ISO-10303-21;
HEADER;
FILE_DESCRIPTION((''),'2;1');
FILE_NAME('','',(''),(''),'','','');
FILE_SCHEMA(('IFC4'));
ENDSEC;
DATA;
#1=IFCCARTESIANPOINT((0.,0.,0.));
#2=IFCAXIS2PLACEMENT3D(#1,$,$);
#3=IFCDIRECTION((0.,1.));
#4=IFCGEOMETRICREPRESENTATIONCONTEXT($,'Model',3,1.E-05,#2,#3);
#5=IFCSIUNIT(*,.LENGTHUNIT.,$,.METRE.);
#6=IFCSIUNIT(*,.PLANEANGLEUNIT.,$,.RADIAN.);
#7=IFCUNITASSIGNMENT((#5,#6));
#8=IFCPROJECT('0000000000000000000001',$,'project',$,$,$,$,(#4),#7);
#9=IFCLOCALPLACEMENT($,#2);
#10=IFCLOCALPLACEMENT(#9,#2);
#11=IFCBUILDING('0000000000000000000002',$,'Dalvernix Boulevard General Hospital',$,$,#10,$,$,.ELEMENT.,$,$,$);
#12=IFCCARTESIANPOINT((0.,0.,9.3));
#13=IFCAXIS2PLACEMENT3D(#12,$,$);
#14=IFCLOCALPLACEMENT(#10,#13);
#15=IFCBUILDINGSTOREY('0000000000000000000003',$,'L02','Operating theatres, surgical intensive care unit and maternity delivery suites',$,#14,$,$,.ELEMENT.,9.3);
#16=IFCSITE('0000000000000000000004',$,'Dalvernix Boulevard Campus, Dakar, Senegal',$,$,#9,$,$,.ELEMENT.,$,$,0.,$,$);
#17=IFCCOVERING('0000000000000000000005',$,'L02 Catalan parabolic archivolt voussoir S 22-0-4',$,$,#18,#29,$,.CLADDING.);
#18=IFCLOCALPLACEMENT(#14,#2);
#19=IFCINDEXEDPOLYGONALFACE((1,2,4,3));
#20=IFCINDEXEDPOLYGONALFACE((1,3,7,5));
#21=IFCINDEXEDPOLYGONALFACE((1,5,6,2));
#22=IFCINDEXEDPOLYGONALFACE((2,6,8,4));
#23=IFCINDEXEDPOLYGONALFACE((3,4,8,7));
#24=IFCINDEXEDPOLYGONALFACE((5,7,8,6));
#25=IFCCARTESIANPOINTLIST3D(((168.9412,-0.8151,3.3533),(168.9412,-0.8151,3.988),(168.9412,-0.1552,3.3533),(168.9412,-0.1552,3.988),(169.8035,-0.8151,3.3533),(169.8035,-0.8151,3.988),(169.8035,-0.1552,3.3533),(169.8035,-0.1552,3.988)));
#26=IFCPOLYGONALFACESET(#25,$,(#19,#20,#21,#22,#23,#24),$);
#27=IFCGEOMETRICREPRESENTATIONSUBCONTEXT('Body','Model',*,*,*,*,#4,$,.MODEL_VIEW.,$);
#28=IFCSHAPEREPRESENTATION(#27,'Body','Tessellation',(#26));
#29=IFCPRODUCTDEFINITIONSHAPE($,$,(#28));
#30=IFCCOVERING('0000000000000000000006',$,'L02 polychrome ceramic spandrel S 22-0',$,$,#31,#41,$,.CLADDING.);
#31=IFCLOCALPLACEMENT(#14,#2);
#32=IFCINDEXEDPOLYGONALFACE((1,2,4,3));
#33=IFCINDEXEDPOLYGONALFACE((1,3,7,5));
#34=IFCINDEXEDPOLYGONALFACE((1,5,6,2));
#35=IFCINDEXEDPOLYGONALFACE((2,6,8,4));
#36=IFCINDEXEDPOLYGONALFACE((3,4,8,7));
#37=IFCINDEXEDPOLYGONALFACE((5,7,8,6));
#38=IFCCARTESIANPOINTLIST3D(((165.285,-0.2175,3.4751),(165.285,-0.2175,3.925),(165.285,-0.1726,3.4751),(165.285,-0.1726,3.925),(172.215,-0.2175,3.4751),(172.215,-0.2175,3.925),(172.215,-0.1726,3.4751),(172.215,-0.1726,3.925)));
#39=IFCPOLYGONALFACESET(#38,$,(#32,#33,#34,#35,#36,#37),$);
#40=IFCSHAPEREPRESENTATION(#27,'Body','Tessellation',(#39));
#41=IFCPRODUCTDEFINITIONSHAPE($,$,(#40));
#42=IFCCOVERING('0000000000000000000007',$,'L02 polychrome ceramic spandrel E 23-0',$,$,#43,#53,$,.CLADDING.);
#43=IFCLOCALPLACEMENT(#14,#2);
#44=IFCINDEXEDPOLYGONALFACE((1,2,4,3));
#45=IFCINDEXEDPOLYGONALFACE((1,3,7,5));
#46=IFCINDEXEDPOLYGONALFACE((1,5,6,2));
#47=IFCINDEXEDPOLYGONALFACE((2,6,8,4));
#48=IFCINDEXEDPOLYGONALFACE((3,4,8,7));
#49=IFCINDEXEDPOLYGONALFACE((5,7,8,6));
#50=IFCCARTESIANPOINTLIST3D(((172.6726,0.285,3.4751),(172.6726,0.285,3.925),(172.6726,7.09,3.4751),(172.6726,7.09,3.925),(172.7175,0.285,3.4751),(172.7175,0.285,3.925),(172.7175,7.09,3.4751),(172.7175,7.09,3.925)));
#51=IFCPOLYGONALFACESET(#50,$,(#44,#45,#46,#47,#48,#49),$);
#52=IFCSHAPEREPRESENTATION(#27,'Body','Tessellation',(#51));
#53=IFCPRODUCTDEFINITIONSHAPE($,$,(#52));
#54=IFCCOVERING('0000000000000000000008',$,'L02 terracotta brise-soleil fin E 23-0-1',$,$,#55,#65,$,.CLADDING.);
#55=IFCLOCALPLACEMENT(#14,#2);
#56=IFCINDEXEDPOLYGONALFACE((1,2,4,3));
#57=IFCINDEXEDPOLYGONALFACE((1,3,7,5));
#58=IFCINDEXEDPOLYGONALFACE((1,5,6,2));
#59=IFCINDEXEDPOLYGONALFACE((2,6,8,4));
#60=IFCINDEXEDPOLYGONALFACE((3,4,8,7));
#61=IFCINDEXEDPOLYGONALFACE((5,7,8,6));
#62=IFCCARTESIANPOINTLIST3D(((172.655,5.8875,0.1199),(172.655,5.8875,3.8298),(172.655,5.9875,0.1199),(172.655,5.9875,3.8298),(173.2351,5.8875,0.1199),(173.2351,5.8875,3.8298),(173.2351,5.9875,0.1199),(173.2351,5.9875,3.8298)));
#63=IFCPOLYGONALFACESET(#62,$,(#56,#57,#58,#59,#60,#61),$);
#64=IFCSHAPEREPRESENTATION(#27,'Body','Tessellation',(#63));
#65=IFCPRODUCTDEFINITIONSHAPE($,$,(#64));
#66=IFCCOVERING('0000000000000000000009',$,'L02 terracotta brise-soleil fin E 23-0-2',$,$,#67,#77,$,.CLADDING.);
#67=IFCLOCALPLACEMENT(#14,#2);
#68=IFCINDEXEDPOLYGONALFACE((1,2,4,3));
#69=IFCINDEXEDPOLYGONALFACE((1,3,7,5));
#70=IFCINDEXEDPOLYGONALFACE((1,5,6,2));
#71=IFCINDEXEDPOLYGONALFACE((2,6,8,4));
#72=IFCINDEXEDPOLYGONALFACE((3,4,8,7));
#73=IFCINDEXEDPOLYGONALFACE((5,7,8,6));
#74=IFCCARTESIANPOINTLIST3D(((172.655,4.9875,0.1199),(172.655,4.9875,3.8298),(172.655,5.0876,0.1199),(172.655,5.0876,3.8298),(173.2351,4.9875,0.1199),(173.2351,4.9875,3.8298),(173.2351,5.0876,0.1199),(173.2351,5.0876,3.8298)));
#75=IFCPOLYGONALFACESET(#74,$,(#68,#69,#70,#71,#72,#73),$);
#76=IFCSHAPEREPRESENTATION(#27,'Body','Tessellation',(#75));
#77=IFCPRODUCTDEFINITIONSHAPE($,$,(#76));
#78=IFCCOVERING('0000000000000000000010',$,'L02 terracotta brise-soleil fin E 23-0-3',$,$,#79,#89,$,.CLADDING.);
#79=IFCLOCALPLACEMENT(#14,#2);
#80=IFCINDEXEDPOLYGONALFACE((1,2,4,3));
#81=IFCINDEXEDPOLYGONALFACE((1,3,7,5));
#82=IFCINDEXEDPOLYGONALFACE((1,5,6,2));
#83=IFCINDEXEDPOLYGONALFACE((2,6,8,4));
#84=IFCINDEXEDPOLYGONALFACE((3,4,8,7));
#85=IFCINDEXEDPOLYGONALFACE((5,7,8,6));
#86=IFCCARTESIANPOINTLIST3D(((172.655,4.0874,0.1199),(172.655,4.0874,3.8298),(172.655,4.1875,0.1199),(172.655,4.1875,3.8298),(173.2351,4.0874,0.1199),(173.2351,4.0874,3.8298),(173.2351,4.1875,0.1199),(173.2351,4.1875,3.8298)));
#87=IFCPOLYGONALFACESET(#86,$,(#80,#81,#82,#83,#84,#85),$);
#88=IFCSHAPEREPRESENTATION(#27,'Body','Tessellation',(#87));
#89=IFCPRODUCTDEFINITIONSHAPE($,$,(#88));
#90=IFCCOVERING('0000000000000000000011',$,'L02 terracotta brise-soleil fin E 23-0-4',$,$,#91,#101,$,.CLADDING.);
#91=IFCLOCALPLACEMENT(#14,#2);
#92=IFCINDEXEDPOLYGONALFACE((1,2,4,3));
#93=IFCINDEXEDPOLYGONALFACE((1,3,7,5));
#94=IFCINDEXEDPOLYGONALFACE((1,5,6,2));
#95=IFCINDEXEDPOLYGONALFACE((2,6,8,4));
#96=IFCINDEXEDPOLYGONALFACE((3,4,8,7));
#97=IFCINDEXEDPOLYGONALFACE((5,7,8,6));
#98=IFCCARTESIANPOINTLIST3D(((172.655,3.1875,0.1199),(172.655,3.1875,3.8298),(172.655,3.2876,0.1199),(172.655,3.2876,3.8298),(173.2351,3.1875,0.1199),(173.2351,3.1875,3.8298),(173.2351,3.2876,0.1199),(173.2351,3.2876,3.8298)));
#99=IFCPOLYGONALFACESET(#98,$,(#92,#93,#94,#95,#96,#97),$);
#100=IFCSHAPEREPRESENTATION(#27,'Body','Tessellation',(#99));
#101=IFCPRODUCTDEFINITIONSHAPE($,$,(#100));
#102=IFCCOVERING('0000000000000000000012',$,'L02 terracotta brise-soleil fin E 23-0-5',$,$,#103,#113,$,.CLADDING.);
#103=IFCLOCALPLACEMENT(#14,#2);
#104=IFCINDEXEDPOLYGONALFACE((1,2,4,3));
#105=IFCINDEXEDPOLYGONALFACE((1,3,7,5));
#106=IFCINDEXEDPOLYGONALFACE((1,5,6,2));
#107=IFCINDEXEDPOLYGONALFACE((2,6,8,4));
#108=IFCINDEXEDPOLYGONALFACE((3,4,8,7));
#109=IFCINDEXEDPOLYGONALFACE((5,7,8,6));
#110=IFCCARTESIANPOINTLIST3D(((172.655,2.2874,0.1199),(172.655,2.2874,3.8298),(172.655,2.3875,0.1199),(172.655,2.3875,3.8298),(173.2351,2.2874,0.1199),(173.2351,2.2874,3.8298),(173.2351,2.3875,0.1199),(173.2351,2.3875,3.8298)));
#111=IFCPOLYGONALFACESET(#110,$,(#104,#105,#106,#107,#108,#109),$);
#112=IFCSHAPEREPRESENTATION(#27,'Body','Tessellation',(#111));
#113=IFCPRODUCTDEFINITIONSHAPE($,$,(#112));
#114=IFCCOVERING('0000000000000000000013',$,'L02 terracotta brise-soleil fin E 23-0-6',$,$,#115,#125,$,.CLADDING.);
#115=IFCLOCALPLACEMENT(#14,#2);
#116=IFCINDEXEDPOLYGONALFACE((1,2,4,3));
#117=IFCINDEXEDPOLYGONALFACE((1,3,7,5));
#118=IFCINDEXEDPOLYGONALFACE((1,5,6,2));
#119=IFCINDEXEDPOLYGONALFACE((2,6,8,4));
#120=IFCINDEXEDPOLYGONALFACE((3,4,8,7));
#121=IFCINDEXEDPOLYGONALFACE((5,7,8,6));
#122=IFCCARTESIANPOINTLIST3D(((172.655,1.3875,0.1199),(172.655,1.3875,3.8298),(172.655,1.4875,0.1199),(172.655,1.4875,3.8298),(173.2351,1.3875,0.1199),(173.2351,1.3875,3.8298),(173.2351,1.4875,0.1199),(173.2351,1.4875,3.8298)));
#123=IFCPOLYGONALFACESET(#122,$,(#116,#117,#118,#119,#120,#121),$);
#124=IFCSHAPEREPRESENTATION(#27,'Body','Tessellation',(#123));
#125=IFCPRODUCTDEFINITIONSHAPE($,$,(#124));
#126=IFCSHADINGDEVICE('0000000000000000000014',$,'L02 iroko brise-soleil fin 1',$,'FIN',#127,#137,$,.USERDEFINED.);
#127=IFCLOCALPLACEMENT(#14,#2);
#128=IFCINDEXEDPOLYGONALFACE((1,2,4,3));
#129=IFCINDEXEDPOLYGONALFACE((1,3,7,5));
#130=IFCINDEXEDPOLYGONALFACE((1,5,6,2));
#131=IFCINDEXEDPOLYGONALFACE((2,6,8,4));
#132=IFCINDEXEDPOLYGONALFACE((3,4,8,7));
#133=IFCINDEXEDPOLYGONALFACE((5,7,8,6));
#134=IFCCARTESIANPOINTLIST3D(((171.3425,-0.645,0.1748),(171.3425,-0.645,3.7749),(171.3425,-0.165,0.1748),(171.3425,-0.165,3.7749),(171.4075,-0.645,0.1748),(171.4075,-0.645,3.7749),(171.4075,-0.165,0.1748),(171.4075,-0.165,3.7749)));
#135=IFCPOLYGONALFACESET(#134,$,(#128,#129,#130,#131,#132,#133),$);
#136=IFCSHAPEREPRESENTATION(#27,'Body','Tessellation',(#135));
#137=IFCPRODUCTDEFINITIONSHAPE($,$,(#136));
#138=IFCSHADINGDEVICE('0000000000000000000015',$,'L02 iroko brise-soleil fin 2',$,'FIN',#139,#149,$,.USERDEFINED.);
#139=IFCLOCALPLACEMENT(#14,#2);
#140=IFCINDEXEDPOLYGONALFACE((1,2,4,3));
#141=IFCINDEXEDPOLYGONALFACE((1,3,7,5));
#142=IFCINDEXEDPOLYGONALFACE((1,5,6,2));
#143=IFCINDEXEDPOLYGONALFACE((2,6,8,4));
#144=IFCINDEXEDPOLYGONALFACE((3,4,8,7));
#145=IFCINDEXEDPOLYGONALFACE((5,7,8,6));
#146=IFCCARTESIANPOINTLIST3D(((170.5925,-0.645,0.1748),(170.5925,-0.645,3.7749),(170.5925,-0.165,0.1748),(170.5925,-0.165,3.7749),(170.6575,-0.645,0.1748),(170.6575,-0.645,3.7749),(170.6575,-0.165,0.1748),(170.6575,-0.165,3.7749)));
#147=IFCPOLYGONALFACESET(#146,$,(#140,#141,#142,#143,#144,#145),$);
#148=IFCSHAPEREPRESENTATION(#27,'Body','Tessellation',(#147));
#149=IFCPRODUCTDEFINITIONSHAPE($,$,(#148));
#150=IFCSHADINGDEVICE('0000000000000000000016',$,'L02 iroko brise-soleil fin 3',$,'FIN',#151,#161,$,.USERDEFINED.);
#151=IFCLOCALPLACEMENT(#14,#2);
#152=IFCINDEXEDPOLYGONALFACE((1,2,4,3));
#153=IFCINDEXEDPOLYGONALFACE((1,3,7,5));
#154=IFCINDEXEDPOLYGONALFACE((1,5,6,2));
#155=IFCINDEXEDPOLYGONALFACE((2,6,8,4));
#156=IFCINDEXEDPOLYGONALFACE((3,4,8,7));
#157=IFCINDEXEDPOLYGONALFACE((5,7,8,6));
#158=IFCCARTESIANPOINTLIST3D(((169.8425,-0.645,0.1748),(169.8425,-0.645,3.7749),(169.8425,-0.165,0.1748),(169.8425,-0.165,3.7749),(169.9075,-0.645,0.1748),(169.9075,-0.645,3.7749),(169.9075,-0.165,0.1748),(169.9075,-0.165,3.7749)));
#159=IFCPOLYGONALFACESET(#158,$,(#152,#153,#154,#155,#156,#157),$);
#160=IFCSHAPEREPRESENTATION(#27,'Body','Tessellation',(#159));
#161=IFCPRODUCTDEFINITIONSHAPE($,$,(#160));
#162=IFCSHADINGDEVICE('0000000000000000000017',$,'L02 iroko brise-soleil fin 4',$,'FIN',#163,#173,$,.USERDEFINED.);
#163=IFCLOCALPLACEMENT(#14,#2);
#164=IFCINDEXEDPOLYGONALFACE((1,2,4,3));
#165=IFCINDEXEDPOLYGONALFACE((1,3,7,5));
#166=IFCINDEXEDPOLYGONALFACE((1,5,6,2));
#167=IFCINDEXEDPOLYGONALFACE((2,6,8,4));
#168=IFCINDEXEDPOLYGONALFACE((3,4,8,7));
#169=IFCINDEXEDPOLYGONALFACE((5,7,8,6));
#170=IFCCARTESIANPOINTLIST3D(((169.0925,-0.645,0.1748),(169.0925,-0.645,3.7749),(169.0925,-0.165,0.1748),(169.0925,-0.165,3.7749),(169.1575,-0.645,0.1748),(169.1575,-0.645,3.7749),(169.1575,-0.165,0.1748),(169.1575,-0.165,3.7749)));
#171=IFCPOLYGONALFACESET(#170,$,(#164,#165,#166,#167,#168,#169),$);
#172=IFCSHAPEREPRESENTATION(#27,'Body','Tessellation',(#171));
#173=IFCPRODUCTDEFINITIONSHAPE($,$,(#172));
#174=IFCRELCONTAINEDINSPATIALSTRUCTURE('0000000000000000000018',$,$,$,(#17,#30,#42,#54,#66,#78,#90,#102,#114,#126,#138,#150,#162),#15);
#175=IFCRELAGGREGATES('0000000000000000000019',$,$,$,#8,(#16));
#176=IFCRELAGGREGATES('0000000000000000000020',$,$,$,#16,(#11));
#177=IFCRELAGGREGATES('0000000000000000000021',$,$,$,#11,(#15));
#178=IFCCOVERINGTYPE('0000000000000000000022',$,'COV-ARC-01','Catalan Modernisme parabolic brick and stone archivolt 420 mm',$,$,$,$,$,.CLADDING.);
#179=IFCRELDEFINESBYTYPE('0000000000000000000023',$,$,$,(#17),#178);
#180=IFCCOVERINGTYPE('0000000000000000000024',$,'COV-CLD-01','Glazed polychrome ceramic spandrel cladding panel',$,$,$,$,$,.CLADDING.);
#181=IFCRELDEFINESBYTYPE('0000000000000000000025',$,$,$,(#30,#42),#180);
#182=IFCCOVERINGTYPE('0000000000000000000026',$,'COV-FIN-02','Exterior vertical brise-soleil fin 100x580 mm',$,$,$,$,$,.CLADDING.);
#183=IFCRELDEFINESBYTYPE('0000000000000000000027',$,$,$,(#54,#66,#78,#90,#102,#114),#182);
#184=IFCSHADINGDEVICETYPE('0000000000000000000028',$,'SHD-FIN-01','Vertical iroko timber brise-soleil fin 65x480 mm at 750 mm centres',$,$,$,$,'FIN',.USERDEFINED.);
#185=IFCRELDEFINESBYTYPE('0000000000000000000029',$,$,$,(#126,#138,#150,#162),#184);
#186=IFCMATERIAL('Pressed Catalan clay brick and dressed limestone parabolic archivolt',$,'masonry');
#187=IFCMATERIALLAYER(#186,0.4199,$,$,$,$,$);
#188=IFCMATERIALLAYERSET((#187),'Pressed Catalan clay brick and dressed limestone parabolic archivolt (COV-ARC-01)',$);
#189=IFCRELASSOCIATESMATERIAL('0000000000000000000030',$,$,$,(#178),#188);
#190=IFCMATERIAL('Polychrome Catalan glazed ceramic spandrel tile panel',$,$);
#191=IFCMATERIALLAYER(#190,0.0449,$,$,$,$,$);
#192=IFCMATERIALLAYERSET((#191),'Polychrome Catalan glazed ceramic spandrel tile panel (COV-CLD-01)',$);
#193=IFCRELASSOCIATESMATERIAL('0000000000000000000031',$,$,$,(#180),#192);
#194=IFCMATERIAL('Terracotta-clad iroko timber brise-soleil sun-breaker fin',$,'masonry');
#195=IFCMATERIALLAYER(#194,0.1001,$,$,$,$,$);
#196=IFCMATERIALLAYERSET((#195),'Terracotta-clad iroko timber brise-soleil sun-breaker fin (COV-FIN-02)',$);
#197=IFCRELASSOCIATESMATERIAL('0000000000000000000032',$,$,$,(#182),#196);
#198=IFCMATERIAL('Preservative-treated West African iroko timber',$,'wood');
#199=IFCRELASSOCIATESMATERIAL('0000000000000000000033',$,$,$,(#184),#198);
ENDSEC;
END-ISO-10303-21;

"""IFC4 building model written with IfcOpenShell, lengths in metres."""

from ifc_helpers import new_model, si_unit, direction, frame, origin, origin_2d, place, context, subcontext, project, spatial, rectangle, extrude, material, layer, layer_set, type_object, element, save


model = new_model("IFC4")

# Units and contexts
model_context = context("Model", 3, precision=1e-05, world=origin(), true_north=direction((0.0, 1.0)))
body_context = subcontext(model_context, "Body", "Model", "MODEL_VIEW")
ifc_project = project(units=[si_unit("LENGTHUNIT", "METRE"), si_unit("PLANEANGLEUNIT", "RADIAN")], contexts=[model_context])

# Site, building, storey
site_placement = place(None, origin())
site = spatial("IfcSite", under=ifc_project, at=site_placement, Name="Dalvernix Boulevard Campus, Dakar, Senegal", CompositionType="ELEMENT", RefElevation=0.0)
building_placement = place(site_placement, origin())
building = spatial("IfcBuilding", under=site, at=building_placement, Name="Dalvernix Boulevard General Hospital", CompositionType="ELEMENT")
storey_placement = place(building_placement, frame((0.0, 0.0, 9.3)))
storey = spatial("IfcBuildingStorey", under=building, at=storey_placement, Name="L02", Description="Operating theatres, surgical intensive care unit and maternity delivery suites", CompositionType="ELEMENT", Elevation=9.3)

# Coverings
ifc_material_1 = material(Name="Pressed Catalan clay brick and dressed limestone parabolic archivolt", Category="masonry")
ifc_layer_1 = layer(ifc_material_1, 0.4199)
ifc_layer_set_1 = layer_set([ifc_layer_1], Name="Pressed Catalan clay brick and dressed limestone parabolic archivolt (COV-ARC-01)")
covering_type_1 = type_object("IfcCoveringType", Name="COV-ARC-01", Description="Catalan Modernisme parabolic brick and stone archivolt 420 mm", PredefinedType="CLADDING", material=ifc_layer_set_1)
covering_1_placement = place(storey_placement, frame((169.3723, -0.4851, 3.3533), z_axis=(0.0, 0.0, 1.0), x_axis=(-1.0, 0.0, 0.0)))
element("IfcCovering", 1, at=covering_1_placement, inside=storey, type_object=covering_type_1, Name="L02 Catalan parabolic archivolt voussoir S 22-0-4", PredefinedType="CLADDING", context=body_context, shape_type="SweptSolid", body=[
    extrude(rectangle(XDim=0.8623, YDim=0.6599, at=origin_2d()), origin(), (0.0, 0.0, 1.0), 0.6348),
])
ifc_material_2 = material(Name="Polychrome Catalan glazed ceramic spandrel tile panel")
ifc_layer_2 = layer(ifc_material_2, 0.0449)
ifc_layer_set_2 = layer_set([ifc_layer_2], Name="Polychrome Catalan glazed ceramic spandrel tile panel (COV-CLD-01)")
covering_type_2 = type_object("IfcCoveringType", Name="COV-CLD-01", Description="Glazed polychrome ceramic spandrel cladding panel", PredefinedType="CLADDING", material=ifc_layer_set_2)
covering_2_placement = place(storey_placement, frame((168.75, -0.1951, 3.4751), z_axis=(0.0, 0.0, 1.0), x_axis=(-1.0, 0.0, 0.0)))
element("IfcCovering", 2, at=covering_2_placement, inside=storey, type_object=covering_type_2, Name="L02 polychrome ceramic spandrel S 22-0", PredefinedType="CLADDING", context=body_context, shape_type="SweptSolid", body=[
    extrude(rectangle(XDim=6.9299, YDim=0.0449, at=origin_2d()), origin(), (0.0, 0.0, 1.0), 0.45),
])
covering_3_placement = place(storey_placement, frame((172.6951, 3.6875, 3.4751), z_axis=(0.0, 0.0, 1.0), x_axis=(0.0, -1.0, 0.0)))
element("IfcCovering", 3, at=covering_3_placement, inside=storey, type_object=covering_type_2, Name="L02 polychrome ceramic spandrel E 23-0", PredefinedType="CLADDING", context=body_context, shape_type="SweptSolid", body=[
    extrude(rectangle(XDim=6.8049, YDim=0.0449, at=origin_2d()), origin(), (0.0, 0.0, 1.0), 0.45),
])
ifc_material_3 = material(Name="Terracotta-clad iroko timber brise-soleil sun-breaker fin", Category="masonry")
ifc_layer_3 = layer(ifc_material_3, 0.1001)
ifc_layer_set_3 = layer_set([ifc_layer_3], Name="Terracotta-clad iroko timber brise-soleil sun-breaker fin (COV-FIN-02)")
covering_type_3 = type_object("IfcCoveringType", Name="COV-FIN-02", Description="Exterior vertical brise-soleil fin 100x580 mm", PredefinedType="CLADDING", material=ifc_layer_set_3)
for number, where, z_axis, x_axis, name in (
    (4, (172.9451, 5.9375, 0.1199), (0.0, 0.0, 1.0), (0.0, -1.0, 0.0), "L02 terracotta brise-soleil fin E 23-0-1"),
    (5, (172.9451, 5.0376, 0.1199), (0.0, 0.0, 1.0), (0.0, -1.0, 0.0), "L02 terracotta brise-soleil fin E 23-0-2"),
    (6, (172.9451, 4.1375, 0.1199), (0.0, 0.0, 1.0), (0.0, -1.0, 0.0), "L02 terracotta brise-soleil fin E 23-0-3"),
    (7, (172.9451, 3.2375, 0.1199), (0.0, 0.0, 1.0), (0.0, -1.0, 0.0), "L02 terracotta brise-soleil fin E 23-0-4"),
    (8, (172.9451, 2.3374, 0.1199), (0.0, 0.0, 1.0), (0.0, -1.0, 0.0), "L02 terracotta brise-soleil fin E 23-0-5"),
    (9, (172.9451, 1.4375, 0.1199), (0.0, 0.0, 1.0), (0.0, -1.0, 0.0), "L02 terracotta brise-soleil fin E 23-0-6"),
):
    element("IfcCovering", number, at=place(storey_placement, frame(where, z_axis=z_axis, x_axis=x_axis)), inside=storey, type_object=covering_type_3, Name=name, PredefinedType="CLADDING", context=body_context, shape_type="SweptSolid", body=[
        extrude(rectangle(XDim=0.1001, YDim=0.5801, at=origin_2d()), origin(), (0.0, 0.0, 1.0), 3.71),
    ])

# Shading devices
ifc_material_4 = material(Name="Preservative-treated West African iroko timber", Category="wood")
shading_device_type = type_object("IfcShadingDeviceType", Name="SHD-FIN-01", Description="Vertical iroko timber brise-soleil fin 65x480 mm at 750 mm centres", ElementType="FIN", PredefinedType="USERDEFINED", material=ifc_material_4)
for number, where, z_axis, x_axis, name in (
    (10, (171.375, -0.405, 0.1748), (0.0, 0.0, 1.0), (-1.0, 0.0, 0.0), "L02 iroko brise-soleil fin 1"),
    (11, (170.625, -0.405, 0.1748), (0.0, 0.0, 1.0), (-1.0, 0.0, 0.0), "L02 iroko brise-soleil fin 2"),
    (12, (169.875, -0.405, 0.1748), (0.0, 0.0, 1.0), (-1.0, 0.0, 0.0), "L02 iroko brise-soleil fin 3"),
    (13, (169.125, -0.405, 0.1748), (0.0, 0.0, 1.0), (-1.0, 0.0, 0.0), "L02 iroko brise-soleil fin 4"),
):
    element("IfcShadingDevice", number, at=place(storey_placement, frame(where, z_axis=z_axis, x_axis=x_axis)), inside=storey, type_object=shading_device_type, Name=name, ObjectType="FIN", PredefinedType="USERDEFINED", context=body_context, shape_type="SweptSolid", body=[
        extrude(rectangle(XDim=0.0649, YDim=0.48, at=origin_2d()), origin(), (0.0, 0.0, 1.0), 3.6001),
    ])

save(model, "model.ifc")
